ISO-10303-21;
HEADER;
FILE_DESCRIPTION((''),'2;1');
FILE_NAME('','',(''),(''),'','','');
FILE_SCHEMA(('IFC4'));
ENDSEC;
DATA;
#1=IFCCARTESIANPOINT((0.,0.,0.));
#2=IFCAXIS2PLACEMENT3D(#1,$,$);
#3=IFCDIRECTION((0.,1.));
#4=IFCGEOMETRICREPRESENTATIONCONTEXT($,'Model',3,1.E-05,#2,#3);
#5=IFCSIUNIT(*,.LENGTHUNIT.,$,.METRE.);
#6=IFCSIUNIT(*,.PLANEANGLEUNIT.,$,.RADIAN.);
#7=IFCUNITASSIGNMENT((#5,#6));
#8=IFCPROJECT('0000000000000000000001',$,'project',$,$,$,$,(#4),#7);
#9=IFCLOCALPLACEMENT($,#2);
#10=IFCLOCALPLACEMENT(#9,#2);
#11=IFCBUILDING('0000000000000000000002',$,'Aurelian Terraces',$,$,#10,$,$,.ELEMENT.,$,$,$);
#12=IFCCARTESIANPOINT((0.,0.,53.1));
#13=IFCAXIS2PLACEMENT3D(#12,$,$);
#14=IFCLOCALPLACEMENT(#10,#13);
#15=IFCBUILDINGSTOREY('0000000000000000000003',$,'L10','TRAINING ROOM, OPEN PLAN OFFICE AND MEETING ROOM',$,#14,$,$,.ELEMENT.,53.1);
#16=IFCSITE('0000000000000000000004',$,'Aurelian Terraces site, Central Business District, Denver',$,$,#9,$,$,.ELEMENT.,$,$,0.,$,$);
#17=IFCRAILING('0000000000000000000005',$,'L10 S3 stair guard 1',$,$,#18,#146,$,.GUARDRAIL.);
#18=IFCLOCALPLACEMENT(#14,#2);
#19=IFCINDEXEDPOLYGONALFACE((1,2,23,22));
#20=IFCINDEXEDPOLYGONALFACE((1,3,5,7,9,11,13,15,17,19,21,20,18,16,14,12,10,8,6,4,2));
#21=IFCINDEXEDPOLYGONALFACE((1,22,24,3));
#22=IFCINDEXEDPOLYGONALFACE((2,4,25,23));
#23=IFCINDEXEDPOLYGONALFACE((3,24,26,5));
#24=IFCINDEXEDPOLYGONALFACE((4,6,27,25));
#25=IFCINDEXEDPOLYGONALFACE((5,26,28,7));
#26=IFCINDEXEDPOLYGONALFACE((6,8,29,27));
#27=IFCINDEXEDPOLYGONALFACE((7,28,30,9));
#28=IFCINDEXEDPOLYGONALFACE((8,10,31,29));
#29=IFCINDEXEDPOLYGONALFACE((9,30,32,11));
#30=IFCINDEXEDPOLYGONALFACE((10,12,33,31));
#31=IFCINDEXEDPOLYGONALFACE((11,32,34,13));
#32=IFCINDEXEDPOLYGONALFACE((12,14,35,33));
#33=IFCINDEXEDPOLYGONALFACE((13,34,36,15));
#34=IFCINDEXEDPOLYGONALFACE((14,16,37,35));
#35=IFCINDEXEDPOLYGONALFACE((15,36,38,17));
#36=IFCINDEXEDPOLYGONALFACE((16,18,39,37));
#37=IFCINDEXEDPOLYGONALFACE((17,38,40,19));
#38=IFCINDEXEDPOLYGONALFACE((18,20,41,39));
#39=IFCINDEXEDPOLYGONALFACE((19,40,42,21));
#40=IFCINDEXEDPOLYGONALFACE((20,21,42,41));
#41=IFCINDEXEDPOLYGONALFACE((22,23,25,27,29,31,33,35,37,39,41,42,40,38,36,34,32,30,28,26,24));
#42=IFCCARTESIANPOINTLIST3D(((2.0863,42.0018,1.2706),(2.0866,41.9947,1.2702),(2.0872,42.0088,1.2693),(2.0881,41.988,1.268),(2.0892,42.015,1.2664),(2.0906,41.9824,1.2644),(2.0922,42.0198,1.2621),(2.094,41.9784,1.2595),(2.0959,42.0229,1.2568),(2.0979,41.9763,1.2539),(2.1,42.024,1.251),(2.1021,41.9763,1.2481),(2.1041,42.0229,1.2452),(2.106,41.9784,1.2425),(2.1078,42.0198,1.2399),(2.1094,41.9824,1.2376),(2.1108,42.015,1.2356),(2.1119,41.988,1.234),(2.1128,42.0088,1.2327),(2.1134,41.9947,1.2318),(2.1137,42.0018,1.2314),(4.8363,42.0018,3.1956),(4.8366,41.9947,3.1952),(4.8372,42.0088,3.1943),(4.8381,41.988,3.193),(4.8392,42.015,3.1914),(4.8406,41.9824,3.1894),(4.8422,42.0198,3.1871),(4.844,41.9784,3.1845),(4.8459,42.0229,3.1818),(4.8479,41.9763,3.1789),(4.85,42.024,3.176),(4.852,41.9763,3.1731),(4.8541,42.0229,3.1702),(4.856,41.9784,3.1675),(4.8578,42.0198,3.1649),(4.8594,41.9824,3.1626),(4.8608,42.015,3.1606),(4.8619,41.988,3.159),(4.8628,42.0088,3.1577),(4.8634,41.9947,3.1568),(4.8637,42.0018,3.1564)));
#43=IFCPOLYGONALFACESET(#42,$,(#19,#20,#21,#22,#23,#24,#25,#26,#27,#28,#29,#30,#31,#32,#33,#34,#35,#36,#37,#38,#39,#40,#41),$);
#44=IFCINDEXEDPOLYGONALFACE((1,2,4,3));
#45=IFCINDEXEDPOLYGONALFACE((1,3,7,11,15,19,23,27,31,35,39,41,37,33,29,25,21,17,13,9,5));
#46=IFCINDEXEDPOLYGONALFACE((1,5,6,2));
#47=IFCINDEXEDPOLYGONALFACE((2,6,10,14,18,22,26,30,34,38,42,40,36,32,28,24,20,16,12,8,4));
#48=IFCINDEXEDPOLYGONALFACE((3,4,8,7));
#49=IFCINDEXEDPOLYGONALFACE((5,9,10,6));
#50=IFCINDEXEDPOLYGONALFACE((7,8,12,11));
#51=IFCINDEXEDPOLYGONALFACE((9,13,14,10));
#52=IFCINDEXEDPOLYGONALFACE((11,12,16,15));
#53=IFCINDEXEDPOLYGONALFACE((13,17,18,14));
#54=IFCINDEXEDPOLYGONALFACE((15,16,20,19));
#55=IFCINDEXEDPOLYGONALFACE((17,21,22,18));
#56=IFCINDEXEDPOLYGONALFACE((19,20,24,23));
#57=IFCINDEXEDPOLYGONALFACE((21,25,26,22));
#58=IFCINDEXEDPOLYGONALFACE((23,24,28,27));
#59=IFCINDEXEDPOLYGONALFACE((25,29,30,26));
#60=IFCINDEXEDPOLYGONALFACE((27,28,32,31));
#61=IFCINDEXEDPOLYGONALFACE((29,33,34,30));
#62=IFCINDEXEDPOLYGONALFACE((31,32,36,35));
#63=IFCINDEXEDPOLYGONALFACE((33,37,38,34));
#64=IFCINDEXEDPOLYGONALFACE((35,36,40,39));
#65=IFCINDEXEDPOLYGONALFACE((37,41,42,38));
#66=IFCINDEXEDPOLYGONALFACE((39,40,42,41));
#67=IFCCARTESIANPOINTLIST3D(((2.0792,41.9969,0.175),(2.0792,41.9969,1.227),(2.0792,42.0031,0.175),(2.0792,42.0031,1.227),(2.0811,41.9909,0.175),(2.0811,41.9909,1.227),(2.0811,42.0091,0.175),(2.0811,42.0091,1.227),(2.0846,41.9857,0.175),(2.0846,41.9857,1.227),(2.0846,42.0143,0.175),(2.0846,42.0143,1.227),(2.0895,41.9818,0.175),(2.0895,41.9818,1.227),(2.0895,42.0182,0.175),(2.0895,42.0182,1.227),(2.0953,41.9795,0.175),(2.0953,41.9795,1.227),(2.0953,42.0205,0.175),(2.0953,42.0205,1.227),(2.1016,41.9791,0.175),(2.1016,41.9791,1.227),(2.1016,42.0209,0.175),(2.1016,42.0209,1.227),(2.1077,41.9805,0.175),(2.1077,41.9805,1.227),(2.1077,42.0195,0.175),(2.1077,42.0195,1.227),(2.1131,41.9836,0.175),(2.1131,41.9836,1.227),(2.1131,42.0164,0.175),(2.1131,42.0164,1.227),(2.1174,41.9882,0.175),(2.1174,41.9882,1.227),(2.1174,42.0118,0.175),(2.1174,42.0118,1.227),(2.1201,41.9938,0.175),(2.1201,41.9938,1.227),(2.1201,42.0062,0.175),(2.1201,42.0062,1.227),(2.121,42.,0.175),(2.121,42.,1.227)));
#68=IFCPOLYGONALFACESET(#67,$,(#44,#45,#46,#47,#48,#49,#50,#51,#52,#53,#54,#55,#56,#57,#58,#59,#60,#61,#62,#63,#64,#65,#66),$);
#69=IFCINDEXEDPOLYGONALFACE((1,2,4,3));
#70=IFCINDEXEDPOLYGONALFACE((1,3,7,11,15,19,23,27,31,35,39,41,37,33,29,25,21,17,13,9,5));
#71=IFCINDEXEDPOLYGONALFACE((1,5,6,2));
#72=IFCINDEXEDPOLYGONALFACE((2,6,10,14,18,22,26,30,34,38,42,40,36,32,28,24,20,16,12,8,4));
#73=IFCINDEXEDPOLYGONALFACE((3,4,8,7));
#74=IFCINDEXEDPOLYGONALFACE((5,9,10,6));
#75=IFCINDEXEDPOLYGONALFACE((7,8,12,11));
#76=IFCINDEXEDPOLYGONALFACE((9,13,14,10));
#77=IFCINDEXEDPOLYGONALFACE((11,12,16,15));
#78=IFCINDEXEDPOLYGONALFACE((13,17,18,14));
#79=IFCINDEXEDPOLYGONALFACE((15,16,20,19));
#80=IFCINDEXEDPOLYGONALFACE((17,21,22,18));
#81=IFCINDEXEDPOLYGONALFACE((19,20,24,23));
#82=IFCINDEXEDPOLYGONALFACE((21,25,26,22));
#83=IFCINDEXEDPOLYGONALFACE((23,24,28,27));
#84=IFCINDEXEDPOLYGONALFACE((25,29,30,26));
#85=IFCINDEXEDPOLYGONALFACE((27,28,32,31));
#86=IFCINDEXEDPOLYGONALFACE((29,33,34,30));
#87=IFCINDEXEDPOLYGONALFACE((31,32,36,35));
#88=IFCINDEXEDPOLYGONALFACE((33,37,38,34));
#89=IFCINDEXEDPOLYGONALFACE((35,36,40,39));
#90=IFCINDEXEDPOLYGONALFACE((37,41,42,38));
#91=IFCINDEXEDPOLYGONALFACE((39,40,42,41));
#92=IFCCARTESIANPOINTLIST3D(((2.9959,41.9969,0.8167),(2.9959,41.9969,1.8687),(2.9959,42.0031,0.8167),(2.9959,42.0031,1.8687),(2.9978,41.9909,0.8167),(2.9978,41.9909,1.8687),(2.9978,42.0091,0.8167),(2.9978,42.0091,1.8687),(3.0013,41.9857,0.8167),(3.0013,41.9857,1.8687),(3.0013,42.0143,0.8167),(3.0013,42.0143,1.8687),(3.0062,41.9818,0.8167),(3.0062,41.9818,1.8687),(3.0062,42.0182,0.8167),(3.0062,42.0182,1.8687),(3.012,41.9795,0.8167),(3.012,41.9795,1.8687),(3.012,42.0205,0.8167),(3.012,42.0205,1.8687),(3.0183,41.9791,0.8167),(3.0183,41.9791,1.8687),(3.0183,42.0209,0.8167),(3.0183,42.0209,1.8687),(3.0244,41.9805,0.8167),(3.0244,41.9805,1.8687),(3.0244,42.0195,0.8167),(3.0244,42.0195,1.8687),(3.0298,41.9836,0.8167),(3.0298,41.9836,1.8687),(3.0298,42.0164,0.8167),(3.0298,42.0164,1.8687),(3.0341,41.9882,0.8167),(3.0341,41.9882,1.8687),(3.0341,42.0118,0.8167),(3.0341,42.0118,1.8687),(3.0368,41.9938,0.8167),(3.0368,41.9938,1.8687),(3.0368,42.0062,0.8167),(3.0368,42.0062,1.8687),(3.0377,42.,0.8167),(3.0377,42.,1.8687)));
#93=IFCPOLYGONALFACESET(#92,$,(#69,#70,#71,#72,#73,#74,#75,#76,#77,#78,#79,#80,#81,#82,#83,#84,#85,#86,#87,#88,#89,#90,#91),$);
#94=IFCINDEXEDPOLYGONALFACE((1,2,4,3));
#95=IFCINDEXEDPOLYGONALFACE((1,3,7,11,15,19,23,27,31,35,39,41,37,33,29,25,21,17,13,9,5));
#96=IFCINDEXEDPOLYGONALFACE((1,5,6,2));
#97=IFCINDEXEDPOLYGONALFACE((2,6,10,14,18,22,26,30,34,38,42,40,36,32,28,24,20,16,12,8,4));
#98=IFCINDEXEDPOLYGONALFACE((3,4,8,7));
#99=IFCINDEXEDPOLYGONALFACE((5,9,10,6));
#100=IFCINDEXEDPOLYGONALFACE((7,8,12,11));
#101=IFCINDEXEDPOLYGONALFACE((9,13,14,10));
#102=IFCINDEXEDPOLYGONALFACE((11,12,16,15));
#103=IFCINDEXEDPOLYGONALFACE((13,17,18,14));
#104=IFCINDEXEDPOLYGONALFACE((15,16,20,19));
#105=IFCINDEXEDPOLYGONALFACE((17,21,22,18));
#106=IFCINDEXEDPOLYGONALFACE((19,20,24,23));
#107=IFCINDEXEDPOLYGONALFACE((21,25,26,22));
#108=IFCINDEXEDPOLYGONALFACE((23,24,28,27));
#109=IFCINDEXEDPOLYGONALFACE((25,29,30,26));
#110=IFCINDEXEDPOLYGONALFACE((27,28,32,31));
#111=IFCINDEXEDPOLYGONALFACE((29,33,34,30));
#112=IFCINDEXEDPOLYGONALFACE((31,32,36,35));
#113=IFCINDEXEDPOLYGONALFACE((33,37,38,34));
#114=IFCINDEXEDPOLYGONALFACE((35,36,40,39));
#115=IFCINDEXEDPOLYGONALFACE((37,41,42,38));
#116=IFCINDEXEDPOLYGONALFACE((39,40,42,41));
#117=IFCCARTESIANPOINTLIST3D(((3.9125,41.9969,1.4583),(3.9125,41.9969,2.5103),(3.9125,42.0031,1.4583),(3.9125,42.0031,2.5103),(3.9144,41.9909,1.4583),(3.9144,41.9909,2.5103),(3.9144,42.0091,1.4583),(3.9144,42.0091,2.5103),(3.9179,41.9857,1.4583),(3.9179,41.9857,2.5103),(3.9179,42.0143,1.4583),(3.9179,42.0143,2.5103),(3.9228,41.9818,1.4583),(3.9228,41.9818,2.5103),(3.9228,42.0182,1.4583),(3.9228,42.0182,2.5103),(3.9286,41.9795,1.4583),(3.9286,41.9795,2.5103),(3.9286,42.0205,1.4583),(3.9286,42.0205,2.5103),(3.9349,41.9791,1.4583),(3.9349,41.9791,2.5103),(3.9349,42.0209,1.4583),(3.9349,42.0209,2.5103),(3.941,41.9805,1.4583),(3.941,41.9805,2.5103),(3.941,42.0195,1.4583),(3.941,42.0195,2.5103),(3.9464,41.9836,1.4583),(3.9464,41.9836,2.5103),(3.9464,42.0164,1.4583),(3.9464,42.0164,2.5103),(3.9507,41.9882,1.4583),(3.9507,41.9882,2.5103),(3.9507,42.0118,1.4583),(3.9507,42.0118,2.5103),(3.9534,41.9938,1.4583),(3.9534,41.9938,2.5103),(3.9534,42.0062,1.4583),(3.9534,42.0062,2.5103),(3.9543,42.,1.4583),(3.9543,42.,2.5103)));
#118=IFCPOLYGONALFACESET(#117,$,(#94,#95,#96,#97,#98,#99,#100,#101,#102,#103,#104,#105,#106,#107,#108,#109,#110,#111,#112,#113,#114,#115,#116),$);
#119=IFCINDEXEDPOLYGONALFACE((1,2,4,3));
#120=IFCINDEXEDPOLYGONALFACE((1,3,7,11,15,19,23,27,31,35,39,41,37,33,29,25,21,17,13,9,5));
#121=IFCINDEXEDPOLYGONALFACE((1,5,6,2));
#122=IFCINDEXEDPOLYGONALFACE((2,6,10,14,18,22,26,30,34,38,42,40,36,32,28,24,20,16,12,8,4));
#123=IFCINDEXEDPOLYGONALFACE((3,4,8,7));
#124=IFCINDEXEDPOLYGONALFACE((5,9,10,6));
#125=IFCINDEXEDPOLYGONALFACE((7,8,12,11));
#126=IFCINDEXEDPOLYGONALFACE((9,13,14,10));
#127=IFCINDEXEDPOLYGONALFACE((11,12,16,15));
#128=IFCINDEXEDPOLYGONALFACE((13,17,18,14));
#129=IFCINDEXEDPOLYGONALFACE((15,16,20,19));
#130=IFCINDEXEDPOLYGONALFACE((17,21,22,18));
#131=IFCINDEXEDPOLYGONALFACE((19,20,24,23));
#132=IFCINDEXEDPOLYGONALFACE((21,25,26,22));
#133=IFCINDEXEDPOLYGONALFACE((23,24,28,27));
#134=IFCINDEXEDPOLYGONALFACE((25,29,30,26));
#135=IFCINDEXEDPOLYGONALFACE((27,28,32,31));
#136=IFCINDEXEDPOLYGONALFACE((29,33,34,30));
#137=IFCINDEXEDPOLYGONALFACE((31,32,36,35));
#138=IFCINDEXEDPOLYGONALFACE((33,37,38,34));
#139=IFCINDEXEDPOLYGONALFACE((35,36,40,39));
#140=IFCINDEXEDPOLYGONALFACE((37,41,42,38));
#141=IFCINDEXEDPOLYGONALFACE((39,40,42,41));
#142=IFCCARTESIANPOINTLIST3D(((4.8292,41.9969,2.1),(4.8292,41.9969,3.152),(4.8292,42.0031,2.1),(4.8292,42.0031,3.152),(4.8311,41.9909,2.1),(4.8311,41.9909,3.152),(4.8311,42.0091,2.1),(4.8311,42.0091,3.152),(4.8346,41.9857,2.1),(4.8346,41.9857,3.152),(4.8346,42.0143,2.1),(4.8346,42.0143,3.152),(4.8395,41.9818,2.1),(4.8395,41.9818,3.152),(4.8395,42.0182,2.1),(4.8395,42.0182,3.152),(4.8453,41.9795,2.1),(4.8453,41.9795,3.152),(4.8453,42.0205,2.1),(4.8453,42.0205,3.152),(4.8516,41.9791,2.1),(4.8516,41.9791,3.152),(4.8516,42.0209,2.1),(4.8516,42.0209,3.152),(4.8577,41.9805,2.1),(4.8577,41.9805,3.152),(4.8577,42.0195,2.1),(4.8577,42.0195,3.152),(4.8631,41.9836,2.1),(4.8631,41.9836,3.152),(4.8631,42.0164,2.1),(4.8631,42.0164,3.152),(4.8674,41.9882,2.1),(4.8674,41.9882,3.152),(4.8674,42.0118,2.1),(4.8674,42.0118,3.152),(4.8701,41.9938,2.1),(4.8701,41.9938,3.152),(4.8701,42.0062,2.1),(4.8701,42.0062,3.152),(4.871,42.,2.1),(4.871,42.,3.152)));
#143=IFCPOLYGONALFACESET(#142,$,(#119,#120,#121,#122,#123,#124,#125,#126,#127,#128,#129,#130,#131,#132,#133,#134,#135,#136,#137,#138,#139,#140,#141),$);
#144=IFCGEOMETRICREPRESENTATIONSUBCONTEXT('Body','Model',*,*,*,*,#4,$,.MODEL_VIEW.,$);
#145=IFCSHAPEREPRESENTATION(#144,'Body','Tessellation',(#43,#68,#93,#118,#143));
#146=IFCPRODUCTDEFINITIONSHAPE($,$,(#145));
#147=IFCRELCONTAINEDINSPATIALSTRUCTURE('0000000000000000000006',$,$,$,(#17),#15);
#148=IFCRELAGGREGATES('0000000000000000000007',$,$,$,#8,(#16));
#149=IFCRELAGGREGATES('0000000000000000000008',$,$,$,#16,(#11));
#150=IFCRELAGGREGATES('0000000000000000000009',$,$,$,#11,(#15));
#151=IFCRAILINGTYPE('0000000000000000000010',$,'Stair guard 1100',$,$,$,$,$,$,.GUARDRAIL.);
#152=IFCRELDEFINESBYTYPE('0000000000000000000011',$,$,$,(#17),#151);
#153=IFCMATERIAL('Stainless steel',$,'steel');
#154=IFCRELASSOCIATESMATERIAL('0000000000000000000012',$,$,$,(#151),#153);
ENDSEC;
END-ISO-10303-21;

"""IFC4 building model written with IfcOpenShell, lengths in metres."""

from ifc_helpers import new_model, si_unit, direction, frame, origin, origin_2d, place, context, subcontext, project, spatial, circle, extrude, source, transform, mapped, material, type_object, element, save


model = new_model("IFC4")

# Units and contexts
model_context = context("Model", 3, precision=1e-05, world=origin(), true_north=direction((0.0, 1.0)))
body_context = subcontext(model_context, "Body", "Model", "MODEL_VIEW")
ifc_project = project(units=[si_unit("LENGTHUNIT", "METRE"), si_unit("PLANEANGLEUNIT", "RADIAN")], contexts=[model_context])

# Site, building, storey
site_placement = place(None, origin())
site = spatial("IfcSite", under=ifc_project, at=site_placement, Name="Aurelian Terraces site, Central Business District, Denver", CompositionType="ELEMENT", RefElevation=0.0)
building_placement = place(site_placement, origin())
building = spatial("IfcBuilding", under=site, at=building_placement, Name="Aurelian Terraces", CompositionType="ELEMENT")
storey_placement = place(building_placement, frame((0.0, 0.0, 53.1)))
storey = spatial("IfcBuildingStorey", under=building, at=storey_placement, Name="L10", Description="TRAINING ROOM, OPEN PLAN OFFICE AND MEETING ROOM", CompositionType="ELEMENT", Elevation=53.1)

# Railing
ifc_material_1 = material(Name="Stainless steel", Category="steel")
railing_type_1 = type_object("IfcRailingType", Name="Stair guard 1100", PredefinedType="GUARDRAIL", material=ifc_material_1)
shared_shape_1 = source(origin(), body_context, "Body", "SweptSolid", [
    extrude(circle(Radius=0.024, at=origin_2d()), frame((0.0, 0.0, 1.076), z_axis=(0.819232, 0.0, 0.573462), x_axis=(0.0, 1.0, 0.0)), (0.0, 0.0, 1.0), 3.3568),
    extrude(circle(Radius=0.021, at=origin_2d()), origin(), (0.0, 0.0, 1.0), 1.052),
    extrude(circle(Radius=0.021, at=origin_2d()), frame((0.9167, 0.0, 0.6417)), (0.0, 0.0, 1.0), 1.052),
    extrude(circle(Radius=0.021, at=origin_2d()), frame((1.8333, 0.0, 1.2833)), (0.0, 0.0, 1.0), 1.052),
    extrude(circle(Radius=0.021, at=origin_2d()), frame((2.75, 0.0, 1.925)), (0.0, 0.0, 1.0), 1.052),
])
railing_1_placement = place(storey_placement, frame((2.1, 42.0, 0.175)))
element("IfcRailing", 1, at=railing_1_placement, inside=storey, type_object=railing_type_1, Name="L10 S3 stair guard 1", PredefinedType="GUARDRAIL", context=body_context, shape_type="MappedRepresentation", body=[
    mapped(shared_shape_1, transform((0.0, 0.0, 0.0), scale=1.0)),
])

save(model, "model.ifc")
